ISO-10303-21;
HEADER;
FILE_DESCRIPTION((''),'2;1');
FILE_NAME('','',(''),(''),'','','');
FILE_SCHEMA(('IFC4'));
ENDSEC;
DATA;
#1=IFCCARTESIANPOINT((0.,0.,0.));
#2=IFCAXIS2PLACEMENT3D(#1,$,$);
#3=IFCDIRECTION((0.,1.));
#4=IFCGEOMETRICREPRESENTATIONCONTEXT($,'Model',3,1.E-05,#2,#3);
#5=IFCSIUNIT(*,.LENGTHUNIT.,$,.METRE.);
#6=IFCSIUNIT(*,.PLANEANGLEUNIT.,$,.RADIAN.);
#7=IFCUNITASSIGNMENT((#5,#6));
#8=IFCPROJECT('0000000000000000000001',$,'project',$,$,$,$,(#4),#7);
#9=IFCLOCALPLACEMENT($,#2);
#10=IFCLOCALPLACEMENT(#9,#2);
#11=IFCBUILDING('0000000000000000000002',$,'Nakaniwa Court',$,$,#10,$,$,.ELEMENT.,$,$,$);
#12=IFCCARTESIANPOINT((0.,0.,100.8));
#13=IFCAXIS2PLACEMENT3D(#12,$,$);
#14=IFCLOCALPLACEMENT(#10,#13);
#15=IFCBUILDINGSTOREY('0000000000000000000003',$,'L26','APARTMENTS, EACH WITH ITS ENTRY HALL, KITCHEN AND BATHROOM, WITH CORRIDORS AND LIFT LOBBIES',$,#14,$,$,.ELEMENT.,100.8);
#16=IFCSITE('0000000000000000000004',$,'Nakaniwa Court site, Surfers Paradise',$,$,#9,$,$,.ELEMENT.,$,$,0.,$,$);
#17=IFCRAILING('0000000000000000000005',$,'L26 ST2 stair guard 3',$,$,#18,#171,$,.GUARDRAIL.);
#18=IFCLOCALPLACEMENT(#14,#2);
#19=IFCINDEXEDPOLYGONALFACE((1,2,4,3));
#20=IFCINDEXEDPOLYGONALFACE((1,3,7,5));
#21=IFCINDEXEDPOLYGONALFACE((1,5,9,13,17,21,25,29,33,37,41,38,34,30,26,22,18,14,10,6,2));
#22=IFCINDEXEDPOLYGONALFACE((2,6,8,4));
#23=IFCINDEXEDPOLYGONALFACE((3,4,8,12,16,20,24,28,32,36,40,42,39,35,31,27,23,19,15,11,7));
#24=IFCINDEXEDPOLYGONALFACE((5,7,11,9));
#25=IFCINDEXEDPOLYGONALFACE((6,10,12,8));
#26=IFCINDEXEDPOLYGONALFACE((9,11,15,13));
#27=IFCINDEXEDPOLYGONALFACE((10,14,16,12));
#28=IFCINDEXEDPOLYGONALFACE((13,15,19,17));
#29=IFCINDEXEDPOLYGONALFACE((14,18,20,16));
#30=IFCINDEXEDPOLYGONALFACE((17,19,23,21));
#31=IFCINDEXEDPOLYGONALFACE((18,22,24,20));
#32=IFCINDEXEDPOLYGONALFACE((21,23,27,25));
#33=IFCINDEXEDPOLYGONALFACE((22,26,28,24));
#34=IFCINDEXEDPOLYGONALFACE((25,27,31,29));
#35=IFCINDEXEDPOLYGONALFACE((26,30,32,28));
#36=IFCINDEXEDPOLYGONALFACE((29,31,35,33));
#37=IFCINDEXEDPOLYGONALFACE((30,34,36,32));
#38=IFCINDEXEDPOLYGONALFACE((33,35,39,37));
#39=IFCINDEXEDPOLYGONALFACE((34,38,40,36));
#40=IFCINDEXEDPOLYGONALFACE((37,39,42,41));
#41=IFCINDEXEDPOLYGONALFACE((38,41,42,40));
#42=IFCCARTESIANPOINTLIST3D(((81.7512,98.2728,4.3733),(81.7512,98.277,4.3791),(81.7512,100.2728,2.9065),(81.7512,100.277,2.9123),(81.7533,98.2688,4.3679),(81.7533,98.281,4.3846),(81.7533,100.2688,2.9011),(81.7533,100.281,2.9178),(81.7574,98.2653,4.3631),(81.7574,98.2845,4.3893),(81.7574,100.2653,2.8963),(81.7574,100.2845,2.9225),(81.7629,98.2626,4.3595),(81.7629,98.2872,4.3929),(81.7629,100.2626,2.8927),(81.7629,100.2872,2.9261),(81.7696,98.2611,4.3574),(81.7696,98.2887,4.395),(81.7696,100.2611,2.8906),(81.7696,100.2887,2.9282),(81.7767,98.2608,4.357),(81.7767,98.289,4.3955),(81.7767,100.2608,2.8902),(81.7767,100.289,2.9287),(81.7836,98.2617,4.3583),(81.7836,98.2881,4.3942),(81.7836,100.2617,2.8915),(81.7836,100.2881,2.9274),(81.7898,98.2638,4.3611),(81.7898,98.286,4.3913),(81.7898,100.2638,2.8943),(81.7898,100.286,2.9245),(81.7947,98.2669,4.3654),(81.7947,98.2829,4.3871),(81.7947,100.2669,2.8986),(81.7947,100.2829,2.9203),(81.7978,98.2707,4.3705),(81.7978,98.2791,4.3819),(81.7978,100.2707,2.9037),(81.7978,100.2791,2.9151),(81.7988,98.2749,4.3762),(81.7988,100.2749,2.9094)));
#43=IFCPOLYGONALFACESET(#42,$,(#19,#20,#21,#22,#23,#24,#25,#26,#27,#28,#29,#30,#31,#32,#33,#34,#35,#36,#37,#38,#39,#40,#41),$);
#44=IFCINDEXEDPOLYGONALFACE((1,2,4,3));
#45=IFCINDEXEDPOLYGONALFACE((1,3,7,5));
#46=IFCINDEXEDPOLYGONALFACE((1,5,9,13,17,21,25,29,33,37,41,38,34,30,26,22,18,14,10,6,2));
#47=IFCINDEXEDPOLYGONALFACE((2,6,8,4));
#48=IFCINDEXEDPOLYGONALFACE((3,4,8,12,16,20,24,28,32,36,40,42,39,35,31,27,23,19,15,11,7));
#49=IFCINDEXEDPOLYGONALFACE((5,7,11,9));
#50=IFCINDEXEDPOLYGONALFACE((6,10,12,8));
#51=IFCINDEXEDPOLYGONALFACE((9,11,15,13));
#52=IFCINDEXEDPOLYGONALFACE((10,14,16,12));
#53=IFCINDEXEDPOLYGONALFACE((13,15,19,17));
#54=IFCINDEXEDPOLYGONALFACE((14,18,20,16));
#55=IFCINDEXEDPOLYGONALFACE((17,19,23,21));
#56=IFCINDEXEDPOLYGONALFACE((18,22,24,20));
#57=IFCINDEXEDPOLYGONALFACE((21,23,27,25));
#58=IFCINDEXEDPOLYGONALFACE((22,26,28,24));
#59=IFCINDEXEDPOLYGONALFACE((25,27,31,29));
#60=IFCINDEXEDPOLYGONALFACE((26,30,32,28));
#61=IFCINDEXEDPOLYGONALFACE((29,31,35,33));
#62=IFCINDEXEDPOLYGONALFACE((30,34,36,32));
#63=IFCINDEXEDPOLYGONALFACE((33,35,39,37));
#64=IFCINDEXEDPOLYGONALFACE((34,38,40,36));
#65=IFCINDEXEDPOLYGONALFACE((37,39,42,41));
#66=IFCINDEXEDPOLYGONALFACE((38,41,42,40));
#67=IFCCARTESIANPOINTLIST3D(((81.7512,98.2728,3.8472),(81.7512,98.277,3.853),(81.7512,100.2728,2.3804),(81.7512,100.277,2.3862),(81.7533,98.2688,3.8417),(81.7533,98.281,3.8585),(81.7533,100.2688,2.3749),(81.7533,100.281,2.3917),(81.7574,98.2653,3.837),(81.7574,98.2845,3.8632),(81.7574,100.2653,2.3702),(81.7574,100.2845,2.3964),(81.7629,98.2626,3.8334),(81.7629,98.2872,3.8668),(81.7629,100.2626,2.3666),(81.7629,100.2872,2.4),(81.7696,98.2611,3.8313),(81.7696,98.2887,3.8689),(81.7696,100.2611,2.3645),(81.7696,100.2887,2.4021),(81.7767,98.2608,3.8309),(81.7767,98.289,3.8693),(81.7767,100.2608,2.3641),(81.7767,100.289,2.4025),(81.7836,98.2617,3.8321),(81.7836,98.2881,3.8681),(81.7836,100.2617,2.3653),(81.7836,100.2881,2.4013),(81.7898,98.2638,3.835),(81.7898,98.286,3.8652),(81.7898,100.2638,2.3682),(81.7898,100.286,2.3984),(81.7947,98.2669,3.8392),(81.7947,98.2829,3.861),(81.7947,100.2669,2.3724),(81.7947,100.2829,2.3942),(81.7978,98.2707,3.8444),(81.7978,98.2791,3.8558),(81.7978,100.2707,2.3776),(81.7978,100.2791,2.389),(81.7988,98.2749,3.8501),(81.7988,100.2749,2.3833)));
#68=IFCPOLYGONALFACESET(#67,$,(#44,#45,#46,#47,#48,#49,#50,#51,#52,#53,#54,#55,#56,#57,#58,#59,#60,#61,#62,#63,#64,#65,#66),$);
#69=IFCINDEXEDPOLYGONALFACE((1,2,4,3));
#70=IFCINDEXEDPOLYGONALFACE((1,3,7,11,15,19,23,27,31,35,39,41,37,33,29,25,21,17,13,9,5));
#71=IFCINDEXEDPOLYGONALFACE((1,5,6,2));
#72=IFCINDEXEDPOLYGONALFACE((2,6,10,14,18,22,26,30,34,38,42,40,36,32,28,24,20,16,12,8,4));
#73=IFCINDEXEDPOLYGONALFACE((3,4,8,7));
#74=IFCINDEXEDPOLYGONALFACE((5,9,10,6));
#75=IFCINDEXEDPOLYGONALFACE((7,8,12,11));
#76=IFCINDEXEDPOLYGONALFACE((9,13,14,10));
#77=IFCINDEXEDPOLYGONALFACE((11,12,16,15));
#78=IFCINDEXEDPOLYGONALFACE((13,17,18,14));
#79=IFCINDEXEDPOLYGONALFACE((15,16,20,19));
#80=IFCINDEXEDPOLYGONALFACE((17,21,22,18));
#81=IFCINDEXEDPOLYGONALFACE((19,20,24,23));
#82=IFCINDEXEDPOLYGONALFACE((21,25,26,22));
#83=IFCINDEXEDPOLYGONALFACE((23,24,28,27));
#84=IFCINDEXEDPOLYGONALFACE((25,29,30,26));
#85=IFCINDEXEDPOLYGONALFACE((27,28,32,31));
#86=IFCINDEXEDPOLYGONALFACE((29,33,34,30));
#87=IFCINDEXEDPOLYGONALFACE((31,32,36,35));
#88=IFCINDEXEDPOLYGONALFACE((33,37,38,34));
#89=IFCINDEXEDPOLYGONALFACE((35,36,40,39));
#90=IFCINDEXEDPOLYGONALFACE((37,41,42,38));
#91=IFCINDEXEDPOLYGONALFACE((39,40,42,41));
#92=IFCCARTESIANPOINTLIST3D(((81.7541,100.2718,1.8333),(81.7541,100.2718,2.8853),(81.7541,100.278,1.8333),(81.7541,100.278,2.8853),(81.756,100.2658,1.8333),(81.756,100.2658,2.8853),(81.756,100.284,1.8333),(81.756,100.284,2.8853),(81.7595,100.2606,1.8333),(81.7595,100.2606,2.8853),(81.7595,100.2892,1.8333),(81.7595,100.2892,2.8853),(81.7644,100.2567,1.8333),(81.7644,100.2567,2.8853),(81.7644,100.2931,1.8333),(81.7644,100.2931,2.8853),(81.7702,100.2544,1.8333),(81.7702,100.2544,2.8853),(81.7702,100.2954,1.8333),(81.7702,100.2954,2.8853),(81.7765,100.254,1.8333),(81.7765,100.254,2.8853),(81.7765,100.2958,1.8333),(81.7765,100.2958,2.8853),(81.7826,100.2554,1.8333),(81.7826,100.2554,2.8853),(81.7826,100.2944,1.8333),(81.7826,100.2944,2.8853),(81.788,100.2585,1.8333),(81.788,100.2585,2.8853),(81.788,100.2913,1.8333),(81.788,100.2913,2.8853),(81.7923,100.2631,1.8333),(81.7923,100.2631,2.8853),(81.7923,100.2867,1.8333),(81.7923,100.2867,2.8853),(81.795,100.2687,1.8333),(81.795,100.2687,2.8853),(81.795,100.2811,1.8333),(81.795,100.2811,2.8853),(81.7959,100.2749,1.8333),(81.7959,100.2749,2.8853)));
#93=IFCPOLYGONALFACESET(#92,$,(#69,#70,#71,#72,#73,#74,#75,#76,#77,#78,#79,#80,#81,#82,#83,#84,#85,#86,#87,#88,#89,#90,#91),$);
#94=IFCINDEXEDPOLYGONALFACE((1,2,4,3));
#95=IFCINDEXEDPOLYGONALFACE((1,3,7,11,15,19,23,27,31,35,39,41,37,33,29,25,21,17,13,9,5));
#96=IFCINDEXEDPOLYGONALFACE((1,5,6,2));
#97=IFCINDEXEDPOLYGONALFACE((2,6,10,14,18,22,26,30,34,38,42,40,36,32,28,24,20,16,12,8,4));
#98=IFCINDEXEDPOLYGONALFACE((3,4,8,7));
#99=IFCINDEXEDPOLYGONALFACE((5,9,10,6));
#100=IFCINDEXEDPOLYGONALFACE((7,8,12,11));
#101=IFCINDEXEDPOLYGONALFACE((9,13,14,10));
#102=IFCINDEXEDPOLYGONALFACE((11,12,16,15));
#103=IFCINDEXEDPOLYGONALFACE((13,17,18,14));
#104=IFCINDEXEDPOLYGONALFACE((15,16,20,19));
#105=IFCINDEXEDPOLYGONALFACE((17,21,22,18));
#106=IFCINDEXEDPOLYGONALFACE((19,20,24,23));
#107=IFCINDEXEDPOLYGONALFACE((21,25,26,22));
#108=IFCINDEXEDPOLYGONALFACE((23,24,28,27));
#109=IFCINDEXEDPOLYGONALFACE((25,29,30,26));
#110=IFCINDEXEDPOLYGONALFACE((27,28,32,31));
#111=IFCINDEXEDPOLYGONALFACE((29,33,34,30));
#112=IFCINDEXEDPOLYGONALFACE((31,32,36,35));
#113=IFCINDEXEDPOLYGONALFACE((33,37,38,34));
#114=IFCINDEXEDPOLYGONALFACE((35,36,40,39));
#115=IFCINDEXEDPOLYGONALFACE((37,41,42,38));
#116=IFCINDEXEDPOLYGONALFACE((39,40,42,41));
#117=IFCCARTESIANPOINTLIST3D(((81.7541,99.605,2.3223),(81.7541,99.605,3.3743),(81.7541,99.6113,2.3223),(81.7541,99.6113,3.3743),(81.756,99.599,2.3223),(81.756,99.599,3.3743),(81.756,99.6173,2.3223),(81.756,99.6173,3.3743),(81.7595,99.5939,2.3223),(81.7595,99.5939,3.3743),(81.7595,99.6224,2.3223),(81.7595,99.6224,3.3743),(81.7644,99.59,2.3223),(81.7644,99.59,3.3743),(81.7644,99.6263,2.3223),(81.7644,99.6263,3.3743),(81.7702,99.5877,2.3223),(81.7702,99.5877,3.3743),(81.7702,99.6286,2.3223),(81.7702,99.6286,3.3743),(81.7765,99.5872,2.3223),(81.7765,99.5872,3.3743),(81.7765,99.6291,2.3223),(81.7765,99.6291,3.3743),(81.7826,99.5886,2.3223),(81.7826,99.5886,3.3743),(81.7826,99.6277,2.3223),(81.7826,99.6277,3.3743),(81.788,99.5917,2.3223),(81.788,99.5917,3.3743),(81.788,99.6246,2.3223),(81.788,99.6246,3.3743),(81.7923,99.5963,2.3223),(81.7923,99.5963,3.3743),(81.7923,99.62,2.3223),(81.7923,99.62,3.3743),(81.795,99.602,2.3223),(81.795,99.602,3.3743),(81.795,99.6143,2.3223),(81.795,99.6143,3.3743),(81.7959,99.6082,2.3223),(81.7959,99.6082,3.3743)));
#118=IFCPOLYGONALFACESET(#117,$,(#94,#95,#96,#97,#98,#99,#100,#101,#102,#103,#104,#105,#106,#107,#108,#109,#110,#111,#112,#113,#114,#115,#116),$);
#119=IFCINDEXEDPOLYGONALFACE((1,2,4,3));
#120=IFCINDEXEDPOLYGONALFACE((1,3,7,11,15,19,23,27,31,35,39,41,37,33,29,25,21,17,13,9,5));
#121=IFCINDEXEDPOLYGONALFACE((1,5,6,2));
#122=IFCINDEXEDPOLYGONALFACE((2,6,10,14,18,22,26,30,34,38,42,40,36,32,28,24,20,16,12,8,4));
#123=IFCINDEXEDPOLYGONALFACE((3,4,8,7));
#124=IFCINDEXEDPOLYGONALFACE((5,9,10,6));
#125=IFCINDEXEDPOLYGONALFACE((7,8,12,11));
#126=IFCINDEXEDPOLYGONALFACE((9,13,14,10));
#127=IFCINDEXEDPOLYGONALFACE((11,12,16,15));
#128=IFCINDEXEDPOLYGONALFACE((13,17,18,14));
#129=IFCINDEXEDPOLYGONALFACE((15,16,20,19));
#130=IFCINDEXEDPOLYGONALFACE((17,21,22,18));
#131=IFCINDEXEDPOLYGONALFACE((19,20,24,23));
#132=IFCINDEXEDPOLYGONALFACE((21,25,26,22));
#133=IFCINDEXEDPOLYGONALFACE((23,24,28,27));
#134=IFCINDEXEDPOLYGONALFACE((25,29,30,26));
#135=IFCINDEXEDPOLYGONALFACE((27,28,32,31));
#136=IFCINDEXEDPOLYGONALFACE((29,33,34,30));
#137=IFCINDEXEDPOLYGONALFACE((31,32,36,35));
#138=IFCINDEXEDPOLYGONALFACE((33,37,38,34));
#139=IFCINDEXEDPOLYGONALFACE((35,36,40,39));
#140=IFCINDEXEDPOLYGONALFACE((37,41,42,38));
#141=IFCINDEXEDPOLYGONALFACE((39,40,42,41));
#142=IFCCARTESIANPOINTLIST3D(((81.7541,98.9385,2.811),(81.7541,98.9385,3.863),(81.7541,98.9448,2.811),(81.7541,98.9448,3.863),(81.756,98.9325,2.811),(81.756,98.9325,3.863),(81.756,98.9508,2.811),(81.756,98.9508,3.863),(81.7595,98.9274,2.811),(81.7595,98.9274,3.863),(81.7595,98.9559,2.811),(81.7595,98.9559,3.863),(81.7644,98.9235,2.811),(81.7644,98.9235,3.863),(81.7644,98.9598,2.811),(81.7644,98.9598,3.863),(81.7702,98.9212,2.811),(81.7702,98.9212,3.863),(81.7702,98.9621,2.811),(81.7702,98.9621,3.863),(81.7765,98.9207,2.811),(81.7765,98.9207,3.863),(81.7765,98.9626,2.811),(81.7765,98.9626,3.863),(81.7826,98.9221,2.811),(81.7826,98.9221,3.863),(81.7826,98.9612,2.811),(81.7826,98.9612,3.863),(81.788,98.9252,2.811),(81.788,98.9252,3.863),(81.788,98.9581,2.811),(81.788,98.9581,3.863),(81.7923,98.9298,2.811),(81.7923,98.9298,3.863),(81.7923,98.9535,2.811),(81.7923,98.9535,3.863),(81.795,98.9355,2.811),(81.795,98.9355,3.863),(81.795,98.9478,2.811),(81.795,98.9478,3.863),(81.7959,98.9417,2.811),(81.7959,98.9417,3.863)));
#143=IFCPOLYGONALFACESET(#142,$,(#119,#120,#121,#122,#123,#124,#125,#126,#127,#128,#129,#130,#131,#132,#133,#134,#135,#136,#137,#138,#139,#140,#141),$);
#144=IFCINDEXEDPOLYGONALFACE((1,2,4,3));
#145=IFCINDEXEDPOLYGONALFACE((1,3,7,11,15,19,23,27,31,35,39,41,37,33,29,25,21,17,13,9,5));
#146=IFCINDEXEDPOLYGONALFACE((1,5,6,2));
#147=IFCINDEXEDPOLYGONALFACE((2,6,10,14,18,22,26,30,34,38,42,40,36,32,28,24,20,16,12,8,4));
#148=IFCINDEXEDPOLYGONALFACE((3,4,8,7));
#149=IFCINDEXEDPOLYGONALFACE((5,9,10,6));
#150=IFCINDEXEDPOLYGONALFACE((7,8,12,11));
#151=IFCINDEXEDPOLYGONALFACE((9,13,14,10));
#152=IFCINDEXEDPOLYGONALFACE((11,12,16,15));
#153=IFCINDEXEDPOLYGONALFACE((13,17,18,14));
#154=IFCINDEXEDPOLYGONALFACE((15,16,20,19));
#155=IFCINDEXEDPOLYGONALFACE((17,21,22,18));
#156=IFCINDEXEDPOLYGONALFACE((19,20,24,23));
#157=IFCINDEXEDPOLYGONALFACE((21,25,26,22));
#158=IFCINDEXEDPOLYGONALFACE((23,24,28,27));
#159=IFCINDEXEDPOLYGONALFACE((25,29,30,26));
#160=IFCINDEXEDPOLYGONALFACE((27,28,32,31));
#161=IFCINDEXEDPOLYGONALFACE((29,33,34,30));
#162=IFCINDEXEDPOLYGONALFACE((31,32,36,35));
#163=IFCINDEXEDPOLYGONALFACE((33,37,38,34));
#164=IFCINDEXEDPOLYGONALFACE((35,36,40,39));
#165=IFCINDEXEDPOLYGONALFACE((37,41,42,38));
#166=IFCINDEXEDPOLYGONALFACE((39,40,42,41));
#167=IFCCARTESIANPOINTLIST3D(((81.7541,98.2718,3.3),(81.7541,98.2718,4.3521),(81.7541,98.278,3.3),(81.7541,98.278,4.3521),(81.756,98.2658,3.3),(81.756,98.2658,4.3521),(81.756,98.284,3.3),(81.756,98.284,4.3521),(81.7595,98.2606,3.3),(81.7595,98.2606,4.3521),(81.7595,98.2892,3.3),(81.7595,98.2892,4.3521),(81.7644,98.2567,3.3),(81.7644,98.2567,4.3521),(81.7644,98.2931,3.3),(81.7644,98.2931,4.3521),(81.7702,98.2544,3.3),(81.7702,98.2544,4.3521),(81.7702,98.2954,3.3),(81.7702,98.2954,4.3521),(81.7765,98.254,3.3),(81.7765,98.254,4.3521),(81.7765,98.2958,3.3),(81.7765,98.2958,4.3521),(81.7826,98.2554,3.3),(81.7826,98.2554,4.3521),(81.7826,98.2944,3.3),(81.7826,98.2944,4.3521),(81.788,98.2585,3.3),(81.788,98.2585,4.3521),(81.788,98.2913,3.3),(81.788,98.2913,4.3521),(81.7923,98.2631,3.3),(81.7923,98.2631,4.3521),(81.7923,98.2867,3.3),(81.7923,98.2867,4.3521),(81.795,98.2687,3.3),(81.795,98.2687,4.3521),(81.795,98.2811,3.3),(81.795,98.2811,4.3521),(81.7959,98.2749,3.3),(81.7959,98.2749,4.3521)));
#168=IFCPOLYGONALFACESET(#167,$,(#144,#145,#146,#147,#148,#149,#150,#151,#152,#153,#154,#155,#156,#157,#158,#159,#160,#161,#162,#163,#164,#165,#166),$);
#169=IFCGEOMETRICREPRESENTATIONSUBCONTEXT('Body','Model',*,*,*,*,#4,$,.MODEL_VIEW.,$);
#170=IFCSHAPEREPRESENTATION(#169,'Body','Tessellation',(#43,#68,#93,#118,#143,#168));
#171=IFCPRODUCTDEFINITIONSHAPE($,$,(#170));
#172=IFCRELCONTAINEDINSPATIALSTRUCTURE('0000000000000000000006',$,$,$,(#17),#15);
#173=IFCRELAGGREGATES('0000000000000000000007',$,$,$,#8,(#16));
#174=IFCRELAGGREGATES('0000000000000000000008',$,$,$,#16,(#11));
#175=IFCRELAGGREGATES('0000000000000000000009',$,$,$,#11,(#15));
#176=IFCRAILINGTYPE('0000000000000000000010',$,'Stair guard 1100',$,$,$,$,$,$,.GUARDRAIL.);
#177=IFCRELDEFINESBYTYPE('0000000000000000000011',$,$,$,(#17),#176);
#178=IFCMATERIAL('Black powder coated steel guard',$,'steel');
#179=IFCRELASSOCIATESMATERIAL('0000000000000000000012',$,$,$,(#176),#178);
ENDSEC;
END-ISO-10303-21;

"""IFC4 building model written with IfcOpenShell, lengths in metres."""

from ifc_helpers import new_model, si_unit, direction, frame, origin, origin_2d, place, context, subcontext, project, spatial, circle, extrude, material, type_object, element, save


model = new_model("IFC4")

# Units and contexts
model_context = context("Model", 3, precision=1e-05, world=origin(), true_north=direction((0.0, 1.0)))
body_context = subcontext(model_context, "Body", "Model", "MODEL_VIEW")
ifc_project = project(units=[si_unit("LENGTHUNIT", "METRE"), si_unit("PLANEANGLEUNIT", "RADIAN")], contexts=[model_context])

# Site, building, storey
site_placement = place(None, origin())
site = spatial("IfcSite", under=ifc_project, at=site_placement, Name="Nakaniwa Court site, Surfers Paradise", CompositionType="ELEMENT", RefElevation=0.0)
building_placement = place(site_placement, origin())
building = spatial("IfcBuilding", under=site, at=building_placement, Name="Nakaniwa Court", CompositionType="ELEMENT")
storey_placement = place(building_placement, frame((0.0, 0.0, 100.8)))
storey = spatial("IfcBuildingStorey", under=building, at=storey_placement, Name="L26", Description="APARTMENTS, EACH WITH ITS ENTRY HALL, KITCHEN AND BATHROOM, WITH CORRIDORS AND LIFT LOBBIES", CompositionType="ELEMENT", Elevation=100.8)

# Railing
ifc_material_1 = material(Name="Black powder coated steel guard", Category="steel")
railing_type_1 = type_object("IfcRailingType", Name="Stair guard 1100", PredefinedType="GUARDRAIL", material=ifc_material_1)
railing_1_placement = place(storey_placement, frame((81.7749, 100.2749, 1.8333)))
element("IfcRailing", 1, at=railing_1_placement, inside=storey, type_object=railing_type_1, Name="L26 ST2 stair guard 3", PredefinedType="GUARDRAIL", context=body_context, shape_type="SweptSolid", body=[
    extrude(circle(Radius=0.0239, at=origin_2d()), frame((0.0, 0.0, 1.0762), z_axis=(0.0, -0.80638, 0.591398), x_axis=(1.0, 0.0, 0.0)), (0.0, 0.0, 1.0), 2.4802),
    extrude(circle(Radius=0.0239, at=origin_2d()), frame((0.0, 0.0, 0.55), z_axis=(0.0, -0.80638, 0.591398), x_axis=(1.0, 0.0, 0.0)), (0.0, 0.0, 1.0), 2.4802),
    extrude(circle(Radius=0.021, at=origin_2d()), origin(), (0.0, 0.0, 1.0), 1.052),
    extrude(circle(Radius=0.021, at=origin_2d()), frame((0.0, -0.6667, 0.489)), (0.0, 0.0, 1.0), 1.052),
    extrude(circle(Radius=0.021, at=origin_2d()), frame((0.0, -1.3333, 0.9778)), (0.0, 0.0, 1.0), 1.052),
    extrude(circle(Radius=0.021, at=origin_2d()), frame((0.0, -2.0, 1.4668)), (0.0, 0.0, 1.0), 1.052),
])

save(model, "model.ifc")
